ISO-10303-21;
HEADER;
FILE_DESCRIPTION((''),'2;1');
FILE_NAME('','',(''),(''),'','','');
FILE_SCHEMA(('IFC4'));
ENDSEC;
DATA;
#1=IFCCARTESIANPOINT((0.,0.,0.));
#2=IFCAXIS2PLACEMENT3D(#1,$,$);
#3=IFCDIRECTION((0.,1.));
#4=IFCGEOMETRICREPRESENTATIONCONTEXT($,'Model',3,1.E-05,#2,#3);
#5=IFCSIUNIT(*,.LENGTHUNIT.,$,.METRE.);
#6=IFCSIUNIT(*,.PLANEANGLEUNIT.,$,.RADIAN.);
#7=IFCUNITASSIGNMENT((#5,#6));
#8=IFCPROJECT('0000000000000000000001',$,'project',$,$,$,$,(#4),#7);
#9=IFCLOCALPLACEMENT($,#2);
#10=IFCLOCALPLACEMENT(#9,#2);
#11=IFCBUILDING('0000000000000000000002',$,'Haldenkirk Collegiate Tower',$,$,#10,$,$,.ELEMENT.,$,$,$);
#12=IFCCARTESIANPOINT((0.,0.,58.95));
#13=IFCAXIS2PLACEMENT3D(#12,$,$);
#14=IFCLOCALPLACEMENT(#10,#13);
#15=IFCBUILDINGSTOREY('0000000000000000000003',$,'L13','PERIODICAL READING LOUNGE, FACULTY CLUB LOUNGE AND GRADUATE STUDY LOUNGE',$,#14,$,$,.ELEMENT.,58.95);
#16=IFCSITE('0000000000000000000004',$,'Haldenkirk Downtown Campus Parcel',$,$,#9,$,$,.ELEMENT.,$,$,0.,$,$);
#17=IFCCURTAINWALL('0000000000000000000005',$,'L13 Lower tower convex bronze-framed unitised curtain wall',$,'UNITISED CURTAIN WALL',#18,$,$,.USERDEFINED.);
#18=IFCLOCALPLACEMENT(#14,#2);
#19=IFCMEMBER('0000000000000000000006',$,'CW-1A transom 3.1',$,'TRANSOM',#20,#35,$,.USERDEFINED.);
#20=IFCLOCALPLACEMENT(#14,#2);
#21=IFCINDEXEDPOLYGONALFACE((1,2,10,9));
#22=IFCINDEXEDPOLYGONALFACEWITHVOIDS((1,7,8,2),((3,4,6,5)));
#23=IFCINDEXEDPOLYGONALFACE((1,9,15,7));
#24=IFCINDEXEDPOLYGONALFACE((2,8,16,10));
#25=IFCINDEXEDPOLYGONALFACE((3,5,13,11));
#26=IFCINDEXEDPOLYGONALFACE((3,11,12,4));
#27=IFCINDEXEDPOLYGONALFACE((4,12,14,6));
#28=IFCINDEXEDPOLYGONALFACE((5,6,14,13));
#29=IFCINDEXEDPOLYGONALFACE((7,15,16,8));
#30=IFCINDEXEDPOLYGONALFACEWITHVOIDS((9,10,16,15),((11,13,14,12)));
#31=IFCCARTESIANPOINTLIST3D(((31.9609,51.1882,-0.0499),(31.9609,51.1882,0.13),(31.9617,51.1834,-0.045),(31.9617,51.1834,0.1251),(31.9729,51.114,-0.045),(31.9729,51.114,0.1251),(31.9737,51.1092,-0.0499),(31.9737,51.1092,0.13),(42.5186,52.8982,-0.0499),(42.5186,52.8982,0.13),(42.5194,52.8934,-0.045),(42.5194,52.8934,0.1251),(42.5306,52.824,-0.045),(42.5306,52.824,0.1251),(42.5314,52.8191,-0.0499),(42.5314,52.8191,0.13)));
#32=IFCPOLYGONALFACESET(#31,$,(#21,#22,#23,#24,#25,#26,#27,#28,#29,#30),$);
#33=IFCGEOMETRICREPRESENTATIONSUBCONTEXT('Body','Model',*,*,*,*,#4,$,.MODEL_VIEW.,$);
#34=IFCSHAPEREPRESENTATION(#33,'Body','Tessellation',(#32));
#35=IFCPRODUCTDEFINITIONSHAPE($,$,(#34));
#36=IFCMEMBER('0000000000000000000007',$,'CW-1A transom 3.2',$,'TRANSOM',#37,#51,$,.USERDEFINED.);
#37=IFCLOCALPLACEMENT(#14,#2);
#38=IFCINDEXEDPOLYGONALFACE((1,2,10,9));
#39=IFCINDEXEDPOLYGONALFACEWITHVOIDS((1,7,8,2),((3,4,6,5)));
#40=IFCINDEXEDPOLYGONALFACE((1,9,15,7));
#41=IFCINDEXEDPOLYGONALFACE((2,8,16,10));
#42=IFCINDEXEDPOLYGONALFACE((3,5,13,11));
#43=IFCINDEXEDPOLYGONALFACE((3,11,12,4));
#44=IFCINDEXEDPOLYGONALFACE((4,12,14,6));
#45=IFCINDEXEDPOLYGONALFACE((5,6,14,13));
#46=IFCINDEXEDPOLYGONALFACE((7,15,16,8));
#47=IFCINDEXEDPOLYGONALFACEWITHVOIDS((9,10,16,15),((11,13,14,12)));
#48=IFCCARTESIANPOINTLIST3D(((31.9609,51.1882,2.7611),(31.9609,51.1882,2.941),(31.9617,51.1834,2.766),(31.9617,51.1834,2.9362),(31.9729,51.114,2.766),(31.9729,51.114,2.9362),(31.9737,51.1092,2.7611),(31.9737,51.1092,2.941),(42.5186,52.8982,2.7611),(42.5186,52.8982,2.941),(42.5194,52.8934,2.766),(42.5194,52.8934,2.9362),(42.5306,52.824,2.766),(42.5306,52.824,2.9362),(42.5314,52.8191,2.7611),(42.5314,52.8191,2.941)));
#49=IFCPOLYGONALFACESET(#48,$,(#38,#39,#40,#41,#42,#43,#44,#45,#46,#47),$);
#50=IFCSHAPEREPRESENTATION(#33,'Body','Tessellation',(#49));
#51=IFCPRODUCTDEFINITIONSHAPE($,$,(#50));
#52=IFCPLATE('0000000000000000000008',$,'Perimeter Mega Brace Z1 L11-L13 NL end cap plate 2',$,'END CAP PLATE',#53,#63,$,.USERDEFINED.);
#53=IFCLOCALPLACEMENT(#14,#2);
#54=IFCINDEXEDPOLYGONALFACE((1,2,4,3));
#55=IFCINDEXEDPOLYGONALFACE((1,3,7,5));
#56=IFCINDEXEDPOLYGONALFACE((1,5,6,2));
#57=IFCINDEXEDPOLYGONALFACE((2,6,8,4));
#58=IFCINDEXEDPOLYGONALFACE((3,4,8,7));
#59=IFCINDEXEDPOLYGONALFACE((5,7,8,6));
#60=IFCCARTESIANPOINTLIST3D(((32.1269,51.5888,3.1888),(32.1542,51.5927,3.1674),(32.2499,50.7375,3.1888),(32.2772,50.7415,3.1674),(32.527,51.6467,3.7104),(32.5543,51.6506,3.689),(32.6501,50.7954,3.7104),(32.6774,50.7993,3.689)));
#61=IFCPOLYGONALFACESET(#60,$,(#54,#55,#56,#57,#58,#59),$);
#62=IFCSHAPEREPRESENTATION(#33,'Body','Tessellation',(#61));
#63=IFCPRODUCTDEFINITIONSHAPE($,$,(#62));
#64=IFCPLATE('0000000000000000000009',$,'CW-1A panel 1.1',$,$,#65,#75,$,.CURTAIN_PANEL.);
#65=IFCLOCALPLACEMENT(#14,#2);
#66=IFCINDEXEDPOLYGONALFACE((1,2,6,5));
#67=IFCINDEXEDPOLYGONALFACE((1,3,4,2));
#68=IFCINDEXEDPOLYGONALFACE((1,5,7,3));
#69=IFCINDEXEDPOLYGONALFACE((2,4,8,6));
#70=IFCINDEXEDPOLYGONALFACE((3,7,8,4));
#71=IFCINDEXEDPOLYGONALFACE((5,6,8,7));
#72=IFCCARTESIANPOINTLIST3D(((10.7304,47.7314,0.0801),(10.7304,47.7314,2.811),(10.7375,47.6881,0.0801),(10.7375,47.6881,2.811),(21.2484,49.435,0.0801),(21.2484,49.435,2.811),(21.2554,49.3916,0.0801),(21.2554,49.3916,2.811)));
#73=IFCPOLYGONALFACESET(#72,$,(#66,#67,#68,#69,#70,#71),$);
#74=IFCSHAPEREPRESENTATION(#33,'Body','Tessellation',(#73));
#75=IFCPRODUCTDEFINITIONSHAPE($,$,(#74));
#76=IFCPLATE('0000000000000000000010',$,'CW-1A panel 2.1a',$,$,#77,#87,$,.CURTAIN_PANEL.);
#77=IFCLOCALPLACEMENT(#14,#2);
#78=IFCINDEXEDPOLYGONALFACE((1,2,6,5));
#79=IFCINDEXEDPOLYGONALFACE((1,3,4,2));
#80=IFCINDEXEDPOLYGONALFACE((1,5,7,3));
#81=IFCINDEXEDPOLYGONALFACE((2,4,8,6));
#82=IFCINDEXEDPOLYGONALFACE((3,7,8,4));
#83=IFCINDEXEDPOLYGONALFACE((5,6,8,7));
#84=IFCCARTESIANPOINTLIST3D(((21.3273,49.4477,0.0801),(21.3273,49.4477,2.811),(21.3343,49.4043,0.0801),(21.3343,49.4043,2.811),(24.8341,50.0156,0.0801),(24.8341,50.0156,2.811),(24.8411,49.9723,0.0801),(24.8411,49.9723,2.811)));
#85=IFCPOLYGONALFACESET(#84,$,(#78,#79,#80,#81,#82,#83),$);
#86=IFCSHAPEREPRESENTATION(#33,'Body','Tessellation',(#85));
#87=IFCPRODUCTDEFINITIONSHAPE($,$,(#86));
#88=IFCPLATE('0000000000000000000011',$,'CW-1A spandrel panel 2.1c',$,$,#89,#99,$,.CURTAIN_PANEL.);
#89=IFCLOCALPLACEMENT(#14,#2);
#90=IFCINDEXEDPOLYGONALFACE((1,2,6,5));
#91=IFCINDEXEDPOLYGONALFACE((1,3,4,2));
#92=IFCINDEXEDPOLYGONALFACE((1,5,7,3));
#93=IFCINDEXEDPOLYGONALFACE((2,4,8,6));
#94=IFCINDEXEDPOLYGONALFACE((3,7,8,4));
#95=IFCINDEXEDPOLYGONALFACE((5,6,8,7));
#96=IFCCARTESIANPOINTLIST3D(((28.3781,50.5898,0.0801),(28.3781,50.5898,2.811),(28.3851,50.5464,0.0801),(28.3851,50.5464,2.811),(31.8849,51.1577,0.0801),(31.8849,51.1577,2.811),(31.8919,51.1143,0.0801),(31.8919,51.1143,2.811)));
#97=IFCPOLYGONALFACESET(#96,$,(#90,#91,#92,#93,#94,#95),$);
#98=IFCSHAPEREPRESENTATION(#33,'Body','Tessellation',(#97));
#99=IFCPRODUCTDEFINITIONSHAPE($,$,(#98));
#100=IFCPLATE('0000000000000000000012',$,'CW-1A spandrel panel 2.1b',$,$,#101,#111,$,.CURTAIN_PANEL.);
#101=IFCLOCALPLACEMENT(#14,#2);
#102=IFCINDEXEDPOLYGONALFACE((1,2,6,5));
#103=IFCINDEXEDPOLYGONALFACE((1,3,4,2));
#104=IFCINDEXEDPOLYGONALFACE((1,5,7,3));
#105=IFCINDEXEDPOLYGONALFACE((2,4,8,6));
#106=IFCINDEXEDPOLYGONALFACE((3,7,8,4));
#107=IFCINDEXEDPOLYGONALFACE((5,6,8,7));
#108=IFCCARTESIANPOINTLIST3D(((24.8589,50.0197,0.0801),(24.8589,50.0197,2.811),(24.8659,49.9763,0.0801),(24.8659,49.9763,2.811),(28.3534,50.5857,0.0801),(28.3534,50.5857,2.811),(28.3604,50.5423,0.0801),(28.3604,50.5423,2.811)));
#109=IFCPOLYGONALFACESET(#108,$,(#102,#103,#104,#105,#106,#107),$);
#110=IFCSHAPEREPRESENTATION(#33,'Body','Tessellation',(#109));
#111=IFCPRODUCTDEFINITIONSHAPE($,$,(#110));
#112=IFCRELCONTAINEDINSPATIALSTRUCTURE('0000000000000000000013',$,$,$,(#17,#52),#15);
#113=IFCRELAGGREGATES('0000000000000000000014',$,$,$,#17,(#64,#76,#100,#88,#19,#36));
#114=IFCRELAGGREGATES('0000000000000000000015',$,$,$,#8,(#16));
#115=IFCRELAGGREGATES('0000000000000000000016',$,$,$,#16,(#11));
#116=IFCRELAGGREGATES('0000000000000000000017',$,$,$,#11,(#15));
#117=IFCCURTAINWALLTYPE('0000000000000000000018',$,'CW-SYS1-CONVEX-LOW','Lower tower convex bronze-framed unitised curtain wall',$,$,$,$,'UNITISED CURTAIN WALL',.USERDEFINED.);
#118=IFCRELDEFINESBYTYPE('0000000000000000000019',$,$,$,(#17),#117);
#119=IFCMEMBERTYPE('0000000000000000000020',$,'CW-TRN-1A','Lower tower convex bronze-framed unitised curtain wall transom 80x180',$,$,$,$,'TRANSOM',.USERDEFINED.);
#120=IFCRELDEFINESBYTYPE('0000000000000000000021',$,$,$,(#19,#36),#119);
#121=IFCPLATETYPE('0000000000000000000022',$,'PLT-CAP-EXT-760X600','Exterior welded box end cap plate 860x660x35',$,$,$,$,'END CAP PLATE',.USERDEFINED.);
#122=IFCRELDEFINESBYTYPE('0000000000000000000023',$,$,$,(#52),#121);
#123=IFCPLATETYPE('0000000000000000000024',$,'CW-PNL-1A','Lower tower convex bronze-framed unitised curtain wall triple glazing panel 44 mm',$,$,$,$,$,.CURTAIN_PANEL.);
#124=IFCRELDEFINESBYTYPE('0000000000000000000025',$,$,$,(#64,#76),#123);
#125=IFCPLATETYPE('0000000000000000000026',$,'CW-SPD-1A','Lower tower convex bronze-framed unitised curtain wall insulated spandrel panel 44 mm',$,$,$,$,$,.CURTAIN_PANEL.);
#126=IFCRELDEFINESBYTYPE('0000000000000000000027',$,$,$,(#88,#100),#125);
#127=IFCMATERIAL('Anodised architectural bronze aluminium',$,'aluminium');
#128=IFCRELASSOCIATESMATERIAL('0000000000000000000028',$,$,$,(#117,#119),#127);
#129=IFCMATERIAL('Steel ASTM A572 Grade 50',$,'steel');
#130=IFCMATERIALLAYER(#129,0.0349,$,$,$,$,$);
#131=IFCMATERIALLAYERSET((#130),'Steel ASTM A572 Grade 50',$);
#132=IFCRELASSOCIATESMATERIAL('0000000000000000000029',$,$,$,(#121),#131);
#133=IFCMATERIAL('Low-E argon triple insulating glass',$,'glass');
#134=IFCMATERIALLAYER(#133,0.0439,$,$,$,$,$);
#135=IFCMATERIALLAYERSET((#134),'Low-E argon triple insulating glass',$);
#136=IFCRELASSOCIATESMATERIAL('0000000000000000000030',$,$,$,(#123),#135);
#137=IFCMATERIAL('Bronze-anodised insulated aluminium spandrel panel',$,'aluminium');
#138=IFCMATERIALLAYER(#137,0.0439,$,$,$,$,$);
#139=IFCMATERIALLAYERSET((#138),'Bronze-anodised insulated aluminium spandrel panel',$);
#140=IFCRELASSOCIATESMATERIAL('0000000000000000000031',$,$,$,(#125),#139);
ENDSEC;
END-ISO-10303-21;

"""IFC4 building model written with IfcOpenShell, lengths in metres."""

from ifc_helpers import new_model, si_unit, direction, frame, origin, origin_2d, place, context, subcontext, project, spatial, rectangle, hollow_rectangle, extrude, source, transform, mapped, material, layer, layer_set, material_profile, profile_set, type_object, element, aggregate, save


model = new_model("IFC4")

# Units and contexts
model_context = context("Model", 3, precision=1e-05, world=origin(), true_north=direction((0.0, 1.0)))
body_context = subcontext(model_context, "Body", "Model", "MODEL_VIEW")
ifc_project = project(units=[si_unit("LENGTHUNIT", "METRE"), si_unit("PLANEANGLEUNIT", "RADIAN")], contexts=[model_context])

# Site, building, storey
site_placement = place(None, origin())
site = spatial("IfcSite", under=ifc_project, at=site_placement, Name="Haldenkirk Downtown Campus Parcel", CompositionType="ELEMENT", RefElevation=0.0)
building_placement = place(site_placement, origin())
building = spatial("IfcBuilding", under=site, at=building_placement, Name="Haldenkirk Collegiate Tower", CompositionType="ELEMENT")
storey_placement = place(building_placement, frame((0.0, 0.0, 58.95)))
storey = spatial("IfcBuildingStorey", under=building, at=storey_placement, Name="L13", Description="PERIODICAL READING LOUNGE, FACULTY CLUB LOUNGE AND GRADUATE STUDY LOUNGE", CompositionType="ELEMENT", Elevation=58.95)

# Curtain wall, members
ifc_material_1 = material(Name="Anodised architectural bronze aluminium", Category="aluminium")
curtain_wall_type = type_object("IfcCurtainWallType", Name="CW-SYS1-CONVEX-LOW", Description="Lower tower convex bronze-framed unitised curtain wall", ElementType="UNITISED CURTAIN WALL", PredefinedType="USERDEFINED", material=ifc_material_1)
curtain_wall_placement = place(storey_placement, origin())
curtain_wall = element("IfcCurtainWall", 1, at=curtain_wall_placement, inside=storey, type_object=curtain_wall_type, Name="L13 Lower tower convex bronze-framed unitised curtain wall", ObjectType="UNITISED CURTAIN WALL", PredefinedType="USERDEFINED")
ifc_material_profile_1 = material_profile(ifc_material_1, hollow_rectangle(XDim=0.0801, YDim=0.1799, WallThickness=0.0049, at=origin_2d()), Name="CW-TRN-1A")
ifc_profile_set_1 = profile_set([ifc_material_profile_1], Name="Anodised architectural bronze aluminium")
member_type_1 = type_object("IfcMemberType", Name="CW-TRN-1A", Description="Lower tower convex bronze-framed unitised curtain wall transom 80x180", ElementType="TRANSOM", PredefinedType="USERDEFINED", material=ifc_profile_set_1)
member_1_placement = place(storey_placement, frame((31.9673, 51.1487, 0.04), z_axis=(0.987136, 0.159881, 0.0), x_axis=(-0.159881, 0.987136, 0.0)))
member_1 = element("IfcMember", 2, at=member_1_placement, type_object=member_type_1, Name="CW-1A transom 3.1", ObjectType="TRANSOM", PredefinedType="USERDEFINED", context=body_context, shape_type="SweptSolid", body=[
    extrude(hollow_rectangle(XDim=0.0801, YDim=0.1799, WallThickness=0.0049, at=origin_2d()), origin(), (0.0, 0.0, 1.0), 10.6953),
])
member_2_placement = place(storey_placement, frame((31.9673, 51.1487, 2.8511), z_axis=(0.987136, 0.159881, 0.0), x_axis=(-0.159881, 0.987136, 0.0)))
member_2 = element("IfcMember", 3, at=member_2_placement, type_object=member_type_1, Name="CW-1A transom 3.2", ObjectType="TRANSOM", PredefinedType="USERDEFINED", context=body_context, shape_type="SweptSolid", body=[
    extrude(hollow_rectangle(XDim=0.0801, YDim=0.1799, WallThickness=0.0049, at=origin_2d()), origin(), (0.0, 0.0, 1.0), 10.6953),
])

# Plates
ifc_material_2 = material(Name="Steel ASTM A572 Grade 50", Category="steel")
ifc_layer_1 = layer(ifc_material_2, 0.0349)
ifc_layer_set_1 = layer_set([ifc_layer_1], Name="Steel ASTM A572 Grade 50")
plate_type_1 = type_object("IfcPlateType", Name="PLT-CAP-EXT-760X600", Description="Exterior welded box end cap plate 860x660x35", ElementType="END CAP PLATE", PredefinedType="USERDEFINED", material=ifc_layer_set_1)
shared_shape_1 = source(origin(), body_context, "Body", "SweptSolid", [
    extrude(rectangle(XDim=0.8601, YDim=0.6599, at=origin_2d()), origin(), (0.0, 0.0, 1.0), 0.0349),
])
plate_1_placement = place(storey_placement, frame((32.4158, 51.196, 3.4282), z_axis=(-0.782215, -0.113089, 0.612659), x_axis=(0.143087, -0.98971, 0.0)))
element("IfcPlate", 4, at=plate_1_placement, inside=storey, type_object=plate_type_1, Name="Perimeter Mega Brace Z1 L11-L13 NL end cap plate 2", ObjectType="END CAP PLATE", PredefinedType="USERDEFINED", context=body_context, shape_type="MappedRepresentation", body=[
    mapped(shared_shape_1, transform((0.0, 0.0, 0.0), x_axis=(1.0, 0.0, 0.0), y_axis=(0.0, 1.0, 0.0), z_axis=(0.0, 0.0, 1.0), scale=1.0)),
])
ifc_material_3 = material(Name="Low-E argon triple insulating glass", Category="glass")
ifc_layer_2 = layer(ifc_material_3, 0.0439)
ifc_layer_set_2 = layer_set([ifc_layer_2], Name="Low-E argon triple insulating glass")
plate_type_2 = type_object("IfcPlateType", Name="CW-PNL-1A", Description="Lower tower convex bronze-framed unitised curtain wall triple glazing panel 44 mm", PredefinedType="CURTAIN_PANEL", material=ifc_layer_set_2)
shared_shape_2 = source(origin(), body_context, "Body", "SweptSolid", [
    extrude(rectangle(XDim=10.655, YDim=0.0439, at=origin_2d()), origin(), (0.0, 0.0, 1.0), 2.731),
])
plate_2_placement = place(storey_placement, frame((15.9929, 48.5615, 0.0801), z_axis=(0.0, 0.0, 1.0), x_axis=(0.987136, 0.159881, 0.0)))
plate_2 = element("IfcPlate", 5, at=plate_2_placement, type_object=plate_type_2, Name="CW-1A panel 1.1", PredefinedType="CURTAIN_PANEL", context=body_context, shape_type="MappedRepresentation", body=[
    mapped(shared_shape_2, transform((0.0, 0.0, 0.0), x_axis=(1.0, 0.0, 0.0), y_axis=(0.0, 1.0, 0.0), z_axis=(0.0, 0.0, 1.0), scale=1.0)),
])
shared_shape_3 = source(origin(), body_context, "Body", "SweptSolid", [
    extrude(rectangle(XDim=3.5525, YDim=0.0439, at=origin_2d()), origin(), (0.0, 0.0, 1.0), 2.731),
])
plate_3_placement = place(storey_placement, frame((23.0842, 49.71, 0.0801), z_axis=(0.0, 0.0, 1.0), x_axis=(0.987136, 0.159881, 0.0)))
plate_3 = element("IfcPlate", 6, at=plate_3_placement, type_object=plate_type_2, Name="CW-1A panel 2.1a", PredefinedType="CURTAIN_PANEL", context=body_context, shape_type="MappedRepresentation", body=[
    mapped(shared_shape_3, transform((0.0, 0.0, 0.0), x_axis=(1.0, 0.0, 0.0), y_axis=(0.0, 1.0, 0.0), z_axis=(0.0, 0.0, 1.0), scale=1.0)),
])
ifc_material_4 = material(Name="Bronze-anodised insulated aluminium spandrel panel", Category="aluminium")
ifc_layer_3 = layer(ifc_material_4, 0.0439)
ifc_layer_set_3 = layer_set([ifc_layer_3], Name="Bronze-anodised insulated aluminium spandrel panel")
plate_type_3 = type_object("IfcPlateType", Name="CW-SPD-1A", Description="Lower tower convex bronze-framed unitised curtain wall insulated spandrel panel 44 mm", PredefinedType="CURTAIN_PANEL", material=ifc_layer_set_3)
plate_4_placement = place(storey_placement, frame((30.135, 50.8521, 0.0801), z_axis=(0.0, 0.0, 1.0), x_axis=(0.987136, 0.159881, 0.0)))
plate_4 = element("IfcPlate", 7, at=plate_4_placement, type_object=plate_type_3, Name="CW-1A spandrel panel 2.1c", PredefinedType="CURTAIN_PANEL", context=body_context, shape_type="MappedRepresentation", body=[
    mapped(shared_shape_3, transform((0.0, 0.0, 0.0), x_axis=(1.0, 0.0, 0.0), y_axis=(0.0, 1.0, 0.0), z_axis=(0.0, 0.0, 1.0), scale=1.0)),
])
shared_shape_4 = source(origin(), body_context, "Body", "SweptSolid", [
    extrude(rectangle(XDim=3.54, YDim=0.0439, at=origin_2d()), origin(), (0.0, 0.0, 1.0), 2.731),
])
plate_5_placement = place(storey_placement, frame((26.6096, 50.281, 0.0801), z_axis=(0.0, 0.0, 1.0), x_axis=(0.987136, 0.159881, 0.0)))
plate_5 = element("IfcPlate", 8, at=plate_5_placement, type_object=plate_type_3, Name="CW-1A spandrel panel 2.1b", PredefinedType="CURTAIN_PANEL", context=body_context, shape_type="MappedRepresentation", body=[
    mapped(shared_shape_4, transform((0.0, 0.0, 0.0), x_axis=(1.0, 0.0, 0.0), y_axis=(0.0, 1.0, 0.0), z_axis=(0.0, 0.0, 1.0), scale=1.0)),
])
aggregate(curtain_wall, [plate_2, plate_3, plate_5, plate_4, member_1, member_2])

save(model, "model.ifc")
